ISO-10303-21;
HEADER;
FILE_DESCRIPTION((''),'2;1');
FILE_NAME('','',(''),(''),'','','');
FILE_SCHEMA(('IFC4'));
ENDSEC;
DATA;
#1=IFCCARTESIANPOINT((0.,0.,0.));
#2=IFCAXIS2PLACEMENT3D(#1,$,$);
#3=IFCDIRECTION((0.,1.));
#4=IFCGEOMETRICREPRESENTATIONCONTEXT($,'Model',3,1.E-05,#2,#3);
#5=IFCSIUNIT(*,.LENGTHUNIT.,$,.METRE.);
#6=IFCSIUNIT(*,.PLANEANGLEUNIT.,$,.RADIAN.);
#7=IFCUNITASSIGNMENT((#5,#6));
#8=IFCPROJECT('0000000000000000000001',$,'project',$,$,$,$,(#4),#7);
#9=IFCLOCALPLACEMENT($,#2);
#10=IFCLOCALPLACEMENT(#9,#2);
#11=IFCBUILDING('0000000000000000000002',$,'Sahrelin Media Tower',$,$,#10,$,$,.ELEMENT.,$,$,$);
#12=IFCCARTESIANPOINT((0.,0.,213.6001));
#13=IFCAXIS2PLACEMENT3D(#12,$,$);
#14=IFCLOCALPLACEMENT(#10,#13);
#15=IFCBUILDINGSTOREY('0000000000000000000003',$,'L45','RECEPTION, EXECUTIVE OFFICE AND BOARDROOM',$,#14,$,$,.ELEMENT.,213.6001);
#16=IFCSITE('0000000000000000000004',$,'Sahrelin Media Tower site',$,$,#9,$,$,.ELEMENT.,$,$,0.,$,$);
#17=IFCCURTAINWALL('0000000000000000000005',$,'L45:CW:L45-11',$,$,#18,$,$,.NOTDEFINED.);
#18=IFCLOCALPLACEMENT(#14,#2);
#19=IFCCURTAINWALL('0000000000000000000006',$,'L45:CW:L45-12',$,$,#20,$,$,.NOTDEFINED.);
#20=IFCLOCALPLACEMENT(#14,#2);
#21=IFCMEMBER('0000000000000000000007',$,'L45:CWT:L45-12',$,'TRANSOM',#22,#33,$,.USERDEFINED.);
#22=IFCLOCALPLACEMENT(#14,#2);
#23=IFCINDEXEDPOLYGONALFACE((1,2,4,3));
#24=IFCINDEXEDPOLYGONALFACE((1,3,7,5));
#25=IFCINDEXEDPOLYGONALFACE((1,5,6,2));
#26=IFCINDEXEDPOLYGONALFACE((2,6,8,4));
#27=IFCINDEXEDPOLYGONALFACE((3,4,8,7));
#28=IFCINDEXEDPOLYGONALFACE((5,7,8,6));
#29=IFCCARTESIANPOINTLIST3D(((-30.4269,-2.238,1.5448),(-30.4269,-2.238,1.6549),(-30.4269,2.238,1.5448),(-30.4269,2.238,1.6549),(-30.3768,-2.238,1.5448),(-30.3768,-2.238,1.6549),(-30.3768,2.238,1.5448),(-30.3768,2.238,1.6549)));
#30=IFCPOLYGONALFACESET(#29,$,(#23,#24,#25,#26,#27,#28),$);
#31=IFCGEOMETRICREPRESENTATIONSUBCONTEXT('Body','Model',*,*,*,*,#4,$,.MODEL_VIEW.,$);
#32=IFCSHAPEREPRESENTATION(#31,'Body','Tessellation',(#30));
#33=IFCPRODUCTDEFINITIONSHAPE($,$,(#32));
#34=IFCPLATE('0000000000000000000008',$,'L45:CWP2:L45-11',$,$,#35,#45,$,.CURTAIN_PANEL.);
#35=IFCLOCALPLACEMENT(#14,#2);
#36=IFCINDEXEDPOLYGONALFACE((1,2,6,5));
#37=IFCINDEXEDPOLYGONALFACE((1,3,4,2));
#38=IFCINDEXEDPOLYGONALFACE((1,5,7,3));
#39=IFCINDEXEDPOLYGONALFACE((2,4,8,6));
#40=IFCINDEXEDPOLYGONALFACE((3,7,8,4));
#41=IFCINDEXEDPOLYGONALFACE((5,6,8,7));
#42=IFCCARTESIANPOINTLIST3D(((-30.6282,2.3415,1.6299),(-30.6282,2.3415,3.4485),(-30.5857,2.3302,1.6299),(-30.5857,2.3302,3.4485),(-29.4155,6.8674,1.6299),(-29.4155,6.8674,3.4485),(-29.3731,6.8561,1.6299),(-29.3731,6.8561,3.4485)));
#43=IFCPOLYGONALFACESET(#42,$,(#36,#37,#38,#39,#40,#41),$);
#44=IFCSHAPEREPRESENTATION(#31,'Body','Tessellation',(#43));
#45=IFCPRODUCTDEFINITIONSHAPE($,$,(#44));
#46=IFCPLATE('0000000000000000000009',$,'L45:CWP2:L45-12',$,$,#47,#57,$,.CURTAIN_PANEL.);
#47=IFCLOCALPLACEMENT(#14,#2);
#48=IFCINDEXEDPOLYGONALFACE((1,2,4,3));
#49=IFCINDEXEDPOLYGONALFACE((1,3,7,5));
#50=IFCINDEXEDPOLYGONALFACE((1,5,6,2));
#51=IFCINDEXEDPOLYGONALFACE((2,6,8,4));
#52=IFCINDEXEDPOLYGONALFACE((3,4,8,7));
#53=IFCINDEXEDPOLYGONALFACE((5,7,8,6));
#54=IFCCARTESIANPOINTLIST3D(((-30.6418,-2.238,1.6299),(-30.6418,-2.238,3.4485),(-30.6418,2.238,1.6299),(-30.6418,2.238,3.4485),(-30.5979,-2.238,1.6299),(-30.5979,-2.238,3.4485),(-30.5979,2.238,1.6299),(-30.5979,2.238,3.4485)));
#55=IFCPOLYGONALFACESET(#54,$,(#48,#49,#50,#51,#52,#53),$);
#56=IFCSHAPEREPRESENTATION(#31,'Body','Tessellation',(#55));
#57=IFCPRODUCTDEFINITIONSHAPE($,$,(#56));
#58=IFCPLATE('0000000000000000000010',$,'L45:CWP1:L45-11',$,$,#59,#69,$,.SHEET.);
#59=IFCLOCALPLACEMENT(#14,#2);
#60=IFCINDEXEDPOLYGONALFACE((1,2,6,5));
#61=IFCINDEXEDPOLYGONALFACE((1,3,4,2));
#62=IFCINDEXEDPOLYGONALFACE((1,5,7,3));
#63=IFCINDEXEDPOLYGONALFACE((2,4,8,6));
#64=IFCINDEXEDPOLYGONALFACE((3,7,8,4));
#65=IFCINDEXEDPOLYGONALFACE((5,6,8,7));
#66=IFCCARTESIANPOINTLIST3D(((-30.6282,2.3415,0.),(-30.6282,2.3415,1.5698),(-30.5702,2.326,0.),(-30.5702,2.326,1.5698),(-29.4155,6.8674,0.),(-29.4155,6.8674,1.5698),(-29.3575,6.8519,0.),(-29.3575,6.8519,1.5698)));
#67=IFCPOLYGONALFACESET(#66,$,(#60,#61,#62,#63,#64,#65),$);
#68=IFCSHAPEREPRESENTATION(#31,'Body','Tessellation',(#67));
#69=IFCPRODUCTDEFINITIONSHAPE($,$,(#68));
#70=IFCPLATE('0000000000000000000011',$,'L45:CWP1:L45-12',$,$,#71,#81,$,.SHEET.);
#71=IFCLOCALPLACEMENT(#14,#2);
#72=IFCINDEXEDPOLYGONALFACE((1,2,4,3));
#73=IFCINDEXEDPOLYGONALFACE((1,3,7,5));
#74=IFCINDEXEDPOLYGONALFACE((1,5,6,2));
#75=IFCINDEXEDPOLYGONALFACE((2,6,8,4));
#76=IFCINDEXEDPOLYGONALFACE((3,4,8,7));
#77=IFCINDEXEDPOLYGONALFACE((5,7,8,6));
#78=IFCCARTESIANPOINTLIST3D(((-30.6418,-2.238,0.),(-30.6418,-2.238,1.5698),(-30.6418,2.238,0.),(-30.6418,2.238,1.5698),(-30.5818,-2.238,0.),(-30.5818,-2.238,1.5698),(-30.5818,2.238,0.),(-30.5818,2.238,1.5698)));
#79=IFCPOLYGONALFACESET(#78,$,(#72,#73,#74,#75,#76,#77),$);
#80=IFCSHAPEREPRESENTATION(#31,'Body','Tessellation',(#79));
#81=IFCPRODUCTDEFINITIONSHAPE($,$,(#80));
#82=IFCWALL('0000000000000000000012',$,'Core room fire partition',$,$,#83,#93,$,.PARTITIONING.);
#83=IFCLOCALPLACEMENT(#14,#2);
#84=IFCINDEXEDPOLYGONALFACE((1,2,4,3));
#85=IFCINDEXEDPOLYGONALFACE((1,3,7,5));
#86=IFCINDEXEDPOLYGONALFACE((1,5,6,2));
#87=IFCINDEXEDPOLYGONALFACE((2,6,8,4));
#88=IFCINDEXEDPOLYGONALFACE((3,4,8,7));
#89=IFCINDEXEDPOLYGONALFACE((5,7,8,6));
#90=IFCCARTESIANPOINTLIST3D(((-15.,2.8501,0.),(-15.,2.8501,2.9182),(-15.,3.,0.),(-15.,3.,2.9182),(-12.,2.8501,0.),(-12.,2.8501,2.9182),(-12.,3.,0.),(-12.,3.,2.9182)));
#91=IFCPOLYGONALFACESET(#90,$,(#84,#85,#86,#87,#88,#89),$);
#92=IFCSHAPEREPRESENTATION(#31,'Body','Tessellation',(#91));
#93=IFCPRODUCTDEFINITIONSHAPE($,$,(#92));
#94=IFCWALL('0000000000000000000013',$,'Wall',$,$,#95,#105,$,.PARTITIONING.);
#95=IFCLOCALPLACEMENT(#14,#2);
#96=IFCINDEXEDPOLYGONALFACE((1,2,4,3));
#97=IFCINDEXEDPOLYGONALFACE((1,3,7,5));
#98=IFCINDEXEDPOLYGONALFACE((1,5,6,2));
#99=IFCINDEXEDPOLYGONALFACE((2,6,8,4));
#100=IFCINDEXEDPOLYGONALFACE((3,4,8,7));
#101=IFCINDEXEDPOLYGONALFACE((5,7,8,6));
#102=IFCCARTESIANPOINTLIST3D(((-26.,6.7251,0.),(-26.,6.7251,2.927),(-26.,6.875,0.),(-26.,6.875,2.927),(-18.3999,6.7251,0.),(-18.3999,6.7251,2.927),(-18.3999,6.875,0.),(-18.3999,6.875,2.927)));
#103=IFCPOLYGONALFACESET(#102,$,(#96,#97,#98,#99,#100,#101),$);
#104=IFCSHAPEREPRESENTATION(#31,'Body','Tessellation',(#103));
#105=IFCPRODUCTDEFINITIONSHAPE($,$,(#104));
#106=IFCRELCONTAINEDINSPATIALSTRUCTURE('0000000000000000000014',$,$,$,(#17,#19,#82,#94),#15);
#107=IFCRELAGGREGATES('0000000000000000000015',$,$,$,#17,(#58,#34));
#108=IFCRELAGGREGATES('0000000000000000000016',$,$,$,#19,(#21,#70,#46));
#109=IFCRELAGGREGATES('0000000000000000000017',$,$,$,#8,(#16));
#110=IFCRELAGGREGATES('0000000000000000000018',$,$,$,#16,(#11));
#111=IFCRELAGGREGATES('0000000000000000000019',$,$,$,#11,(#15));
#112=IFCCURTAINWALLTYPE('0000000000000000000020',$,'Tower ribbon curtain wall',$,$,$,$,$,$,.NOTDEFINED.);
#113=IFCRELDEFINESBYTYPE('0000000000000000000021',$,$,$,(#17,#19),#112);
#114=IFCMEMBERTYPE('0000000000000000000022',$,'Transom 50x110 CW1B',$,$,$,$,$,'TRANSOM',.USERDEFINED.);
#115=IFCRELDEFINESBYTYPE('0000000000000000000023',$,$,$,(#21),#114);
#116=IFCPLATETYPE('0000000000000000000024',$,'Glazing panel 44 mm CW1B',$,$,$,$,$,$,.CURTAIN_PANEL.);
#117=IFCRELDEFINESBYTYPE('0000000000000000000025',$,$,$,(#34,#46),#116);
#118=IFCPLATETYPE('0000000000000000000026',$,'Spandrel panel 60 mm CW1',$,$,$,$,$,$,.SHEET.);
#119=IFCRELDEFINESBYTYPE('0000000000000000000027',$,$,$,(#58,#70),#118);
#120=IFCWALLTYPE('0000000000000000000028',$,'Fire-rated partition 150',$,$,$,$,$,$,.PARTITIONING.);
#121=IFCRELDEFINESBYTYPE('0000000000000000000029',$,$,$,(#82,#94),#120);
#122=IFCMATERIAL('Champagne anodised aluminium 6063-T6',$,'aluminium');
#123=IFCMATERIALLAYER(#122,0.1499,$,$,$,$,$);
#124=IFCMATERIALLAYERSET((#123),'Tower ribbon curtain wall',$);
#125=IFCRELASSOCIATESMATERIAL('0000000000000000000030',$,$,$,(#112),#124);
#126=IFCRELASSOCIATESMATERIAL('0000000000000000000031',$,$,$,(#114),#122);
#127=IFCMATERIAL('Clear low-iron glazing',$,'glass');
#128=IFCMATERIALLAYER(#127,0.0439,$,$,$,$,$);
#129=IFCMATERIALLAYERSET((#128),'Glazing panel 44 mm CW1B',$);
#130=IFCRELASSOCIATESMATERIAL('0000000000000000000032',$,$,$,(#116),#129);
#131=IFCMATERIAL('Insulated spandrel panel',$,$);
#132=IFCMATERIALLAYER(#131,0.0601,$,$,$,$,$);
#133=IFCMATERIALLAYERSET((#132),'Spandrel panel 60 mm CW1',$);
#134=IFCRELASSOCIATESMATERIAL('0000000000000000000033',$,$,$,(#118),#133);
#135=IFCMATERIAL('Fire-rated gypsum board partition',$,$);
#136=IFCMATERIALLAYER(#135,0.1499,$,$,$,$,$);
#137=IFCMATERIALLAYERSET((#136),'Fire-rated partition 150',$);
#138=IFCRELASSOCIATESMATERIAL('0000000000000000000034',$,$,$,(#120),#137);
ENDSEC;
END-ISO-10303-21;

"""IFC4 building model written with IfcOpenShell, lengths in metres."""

from ifc_helpers import new_model, si_unit, direction, frame, frame_2d, origin, origin_2d, place, context, subcontext, project, spatial, polyline, rectangle, outline, extrude, material, layer, layer_set, material_profile, profile_set, type_object, element, aggregate, save


model = new_model("IFC4")

# Units and contexts
model_context = context("Model", 3, precision=1e-05, world=origin(), true_north=direction((0.0, 1.0)))
body_context = subcontext(model_context, "Body", "Model", "MODEL_VIEW")
ifc_project = project(units=[si_unit("LENGTHUNIT", "METRE"), si_unit("PLANEANGLEUNIT", "RADIAN")], contexts=[model_context])

# Site, building, storey
site_placement = place(None, origin())
site = spatial("IfcSite", under=ifc_project, at=site_placement, Name="Sahrelin Media Tower site", CompositionType="ELEMENT", RefElevation=0.0)
building_placement = place(site_placement, origin())
building = spatial("IfcBuilding", under=site, at=building_placement, Name="Sahrelin Media Tower", CompositionType="ELEMENT")
storey_placement = place(building_placement, frame((0.0, 0.0, 213.6001)))
storey = spatial("IfcBuildingStorey", under=building, at=storey_placement, Name="L45", Description="RECEPTION, EXECUTIVE OFFICE AND BOARDROOM", CompositionType="ELEMENT", Elevation=213.6001)

# Curtain wall
ifc_material_1 = material(Name="Champagne anodised aluminium 6063-T6", Category="aluminium")
ifc_layer_1 = layer(ifc_material_1, 0.1499)
ifc_layer_set_1 = layer_set([ifc_layer_1], Name="Tower ribbon curtain wall")
curtain_wall_type = type_object("IfcCurtainWallType", Name="Tower ribbon curtain wall", PredefinedType="NOTDEFINED", material=ifc_layer_set_1)
curtain_wall_1_placement = place(storey_placement, frame((-30.0024, 4.5991, 0.0), z_axis=(0.0, 0.0, 1.0), x_axis=(1.0, 0.0, 0.0)))
curtain_wall_1 = element("IfcCurtainWall", 1, at=curtain_wall_1_placement, inside=storey, type_object=curtain_wall_type, Name="L45:CW:L45-11", PredefinedType="NOTDEFINED")

# Shared definitions
ifc_material_profile_1 = material_profile(ifc_material_1, rectangle(XDim=0.05, YDim=0.1101, at=origin_2d()), Name="Transom 50x110")
ifc_profile_set_1 = profile_set([ifc_material_profile_1], Name="Champagne anodised aluminium 6063-T6")
member_type_1 = type_object("IfcMemberType", Name="Transom 50x110 CW1B", ElementType="TRANSOM", PredefinedType="USERDEFINED", material=ifc_profile_set_1)

# Curtain wall, member
curtain_wall_2_placement = place(storey_placement, frame((-30.6218, 0.0, 0.0), z_axis=(0.0, 0.0, 1.0), x_axis=(1.0, 0.0, 0.0)))
curtain_wall_2 = element("IfcCurtainWall", 2, at=curtain_wall_2_placement, inside=storey, type_object=curtain_wall_type, Name="L45:CW:L45-12", PredefinedType="NOTDEFINED")
member_1_placement = place(storey_placement, frame((-30.4019, 2.238, 1.5999), z_axis=(0.0, -1.0, 0.0), x_axis=(1.0, 0.0, 0.0)))
member_1 = element("IfcMember", 3, at=member_1_placement, type_object=member_type_1, Name="L45:CWT:L45-12", ObjectType="TRANSOM", PredefinedType="USERDEFINED", context=body_context, shape_type="SweptSolid", body=[
    extrude(rectangle(XDim=0.05, YDim=0.1101, at=origin_2d()), origin(), (0.0, 0.0, 1.0), 4.4761),
])

# Plates
ifc_material_2 = material(Name="Clear low-iron glazing", Category="glass")
ifc_layer_2 = layer(ifc_material_2, 0.0439)
ifc_layer_set_2 = layer_set([ifc_layer_2], Name="Glazing panel 44 mm CW1B")
plate_type_1 = type_object("IfcPlateType", Name="Glazing panel 44 mm CW1B", PredefinedType="CURTAIN_PANEL", material=ifc_layer_set_2)
plate_1_placement = place(storey_placement, frame((-29.4155, 6.8674, 1.6299), z_axis=(-0.965929, 0.258807, 0.0), x_axis=(-0.258807, -0.965929, 0.0)))
plate_1 = element("IfcPlate", 4, at=plate_1_placement, type_object=plate_type_1, Name="L45:CWP2:L45-11", PredefinedType="CURTAIN_PANEL", context=body_context, shape_type="SweptSolid", body=[
    extrude(outline(polyline([(0.0, 0.0), (4.6855, 0.0), (4.6855, 1.8186), (0.0, 1.8186), (0.0, 0.0)])), origin(), (0.0, 0.0, -1.0), 0.0439),
])
plate_2_placement = place(storey_placement, frame((-30.6418, 2.238, 1.6299), z_axis=(-1.0, 0.0, 0.0), x_axis=(0.0, -1.0, 0.0)))
plate_2 = element("IfcPlate", 5, at=plate_2_placement, type_object=plate_type_1, Name="L45:CWP2:L45-12", PredefinedType="CURTAIN_PANEL", context=body_context, shape_type="SweptSolid", body=[
    extrude(outline(polyline([(0.0, 0.0), (4.4761, 0.0), (4.4761, 1.8186), (0.0, 1.8186), (0.0, 0.0)])), origin(), (0.0, 0.0, -1.0), 0.0439),
])
ifc_material_3 = material(Name="Insulated spandrel panel")
ifc_layer_3 = layer(ifc_material_3, 0.0601)
ifc_layer_set_3 = layer_set([ifc_layer_3], Name="Spandrel panel 60 mm CW1")
plate_type_2 = type_object("IfcPlateType", Name="Spandrel panel 60 mm CW1", PredefinedType="SHEET", material=ifc_layer_set_3)
plate_3_placement = place(storey_placement, frame((-29.4155, 6.8674, 0.0), z_axis=(-0.965929, 0.258807, 0.0), x_axis=(-0.258807, -0.965929, 0.0)))
plate_3 = element("IfcPlate", 6, at=plate_3_placement, type_object=plate_type_2, Name="L45:CWP1:L45-11", PredefinedType="SHEET", context=body_context, shape_type="SweptSolid", body=[
    extrude(outline(polyline([(0.0, 0.0), (4.6855, 0.0), (4.6855, 1.5698), (0.0, 1.5698), (0.0, 0.0)])), origin(), (0.0, 0.0, -1.0), 0.0601),
])
aggregate(curtain_wall_1, [plate_3, plate_1])
plate_4_placement = place(storey_placement, frame((-30.6418, 2.238, 0.0), z_axis=(-1.0, 0.0, 0.0), x_axis=(0.0, -1.0, 0.0)))
plate_4 = element("IfcPlate", 7, at=plate_4_placement, type_object=plate_type_2, Name="L45:CWP1:L45-12", PredefinedType="SHEET", context=body_context, shape_type="SweptSolid", body=[
    extrude(outline(polyline([(0.0, 0.0), (4.4761, 0.0), (4.4761, 1.5698), (0.0, 1.5698), (0.0, 0.0)])), origin(), (0.0, 0.0, -1.0), 0.0601),
])
aggregate(curtain_wall_2, [member_1, plate_4, plate_2])

# Walls
ifc_material_4 = material(Name="Fire-rated gypsum board partition")
ifc_layer_4 = layer(ifc_material_4, 0.1499)
ifc_layer_set_4 = layer_set([ifc_layer_4], Name="Fire-rated partition 150")
wall_type_1 = type_object("IfcWallType", Name="Fire-rated partition 150", PredefinedType="PARTITIONING", material=ifc_layer_set_4)
wall_1_placement = place(storey_placement, frame((-15.0, 2.925, 0.0), z_axis=(0.0, 0.0, 1.0), x_axis=(1.0, 0.0, 0.0)))
element("IfcWall", 8, at=wall_1_placement, inside=storey, type_object=wall_type_1, Name="Core room fire partition", PredefinedType="PARTITIONING", context=body_context, shape_type="SweptSolid", body=[
    extrude(rectangle(XDim=3.0, YDim=0.1499, at=frame_2d((1.5, 0.0))), origin(), (0.0, 0.0, 1.0), 2.9182),
])
wall_2_placement = place(storey_placement, frame((-26.0, 6.8, 0.0), z_axis=(0.0, 0.0, 1.0), x_axis=(1.0, 0.0, 0.0)))
element("IfcWall", 9, at=wall_2_placement, inside=storey, type_object=wall_type_1, Name="Wall", PredefinedType="PARTITIONING", context=body_context, shape_type="SweptSolid", body=[
    extrude(rectangle(XDim=7.6001, YDim=0.1499, at=frame_2d((3.8, 0.0))), origin(), (0.0, 0.0, 1.0), 2.927),
])

save(model, "model.ifc")
